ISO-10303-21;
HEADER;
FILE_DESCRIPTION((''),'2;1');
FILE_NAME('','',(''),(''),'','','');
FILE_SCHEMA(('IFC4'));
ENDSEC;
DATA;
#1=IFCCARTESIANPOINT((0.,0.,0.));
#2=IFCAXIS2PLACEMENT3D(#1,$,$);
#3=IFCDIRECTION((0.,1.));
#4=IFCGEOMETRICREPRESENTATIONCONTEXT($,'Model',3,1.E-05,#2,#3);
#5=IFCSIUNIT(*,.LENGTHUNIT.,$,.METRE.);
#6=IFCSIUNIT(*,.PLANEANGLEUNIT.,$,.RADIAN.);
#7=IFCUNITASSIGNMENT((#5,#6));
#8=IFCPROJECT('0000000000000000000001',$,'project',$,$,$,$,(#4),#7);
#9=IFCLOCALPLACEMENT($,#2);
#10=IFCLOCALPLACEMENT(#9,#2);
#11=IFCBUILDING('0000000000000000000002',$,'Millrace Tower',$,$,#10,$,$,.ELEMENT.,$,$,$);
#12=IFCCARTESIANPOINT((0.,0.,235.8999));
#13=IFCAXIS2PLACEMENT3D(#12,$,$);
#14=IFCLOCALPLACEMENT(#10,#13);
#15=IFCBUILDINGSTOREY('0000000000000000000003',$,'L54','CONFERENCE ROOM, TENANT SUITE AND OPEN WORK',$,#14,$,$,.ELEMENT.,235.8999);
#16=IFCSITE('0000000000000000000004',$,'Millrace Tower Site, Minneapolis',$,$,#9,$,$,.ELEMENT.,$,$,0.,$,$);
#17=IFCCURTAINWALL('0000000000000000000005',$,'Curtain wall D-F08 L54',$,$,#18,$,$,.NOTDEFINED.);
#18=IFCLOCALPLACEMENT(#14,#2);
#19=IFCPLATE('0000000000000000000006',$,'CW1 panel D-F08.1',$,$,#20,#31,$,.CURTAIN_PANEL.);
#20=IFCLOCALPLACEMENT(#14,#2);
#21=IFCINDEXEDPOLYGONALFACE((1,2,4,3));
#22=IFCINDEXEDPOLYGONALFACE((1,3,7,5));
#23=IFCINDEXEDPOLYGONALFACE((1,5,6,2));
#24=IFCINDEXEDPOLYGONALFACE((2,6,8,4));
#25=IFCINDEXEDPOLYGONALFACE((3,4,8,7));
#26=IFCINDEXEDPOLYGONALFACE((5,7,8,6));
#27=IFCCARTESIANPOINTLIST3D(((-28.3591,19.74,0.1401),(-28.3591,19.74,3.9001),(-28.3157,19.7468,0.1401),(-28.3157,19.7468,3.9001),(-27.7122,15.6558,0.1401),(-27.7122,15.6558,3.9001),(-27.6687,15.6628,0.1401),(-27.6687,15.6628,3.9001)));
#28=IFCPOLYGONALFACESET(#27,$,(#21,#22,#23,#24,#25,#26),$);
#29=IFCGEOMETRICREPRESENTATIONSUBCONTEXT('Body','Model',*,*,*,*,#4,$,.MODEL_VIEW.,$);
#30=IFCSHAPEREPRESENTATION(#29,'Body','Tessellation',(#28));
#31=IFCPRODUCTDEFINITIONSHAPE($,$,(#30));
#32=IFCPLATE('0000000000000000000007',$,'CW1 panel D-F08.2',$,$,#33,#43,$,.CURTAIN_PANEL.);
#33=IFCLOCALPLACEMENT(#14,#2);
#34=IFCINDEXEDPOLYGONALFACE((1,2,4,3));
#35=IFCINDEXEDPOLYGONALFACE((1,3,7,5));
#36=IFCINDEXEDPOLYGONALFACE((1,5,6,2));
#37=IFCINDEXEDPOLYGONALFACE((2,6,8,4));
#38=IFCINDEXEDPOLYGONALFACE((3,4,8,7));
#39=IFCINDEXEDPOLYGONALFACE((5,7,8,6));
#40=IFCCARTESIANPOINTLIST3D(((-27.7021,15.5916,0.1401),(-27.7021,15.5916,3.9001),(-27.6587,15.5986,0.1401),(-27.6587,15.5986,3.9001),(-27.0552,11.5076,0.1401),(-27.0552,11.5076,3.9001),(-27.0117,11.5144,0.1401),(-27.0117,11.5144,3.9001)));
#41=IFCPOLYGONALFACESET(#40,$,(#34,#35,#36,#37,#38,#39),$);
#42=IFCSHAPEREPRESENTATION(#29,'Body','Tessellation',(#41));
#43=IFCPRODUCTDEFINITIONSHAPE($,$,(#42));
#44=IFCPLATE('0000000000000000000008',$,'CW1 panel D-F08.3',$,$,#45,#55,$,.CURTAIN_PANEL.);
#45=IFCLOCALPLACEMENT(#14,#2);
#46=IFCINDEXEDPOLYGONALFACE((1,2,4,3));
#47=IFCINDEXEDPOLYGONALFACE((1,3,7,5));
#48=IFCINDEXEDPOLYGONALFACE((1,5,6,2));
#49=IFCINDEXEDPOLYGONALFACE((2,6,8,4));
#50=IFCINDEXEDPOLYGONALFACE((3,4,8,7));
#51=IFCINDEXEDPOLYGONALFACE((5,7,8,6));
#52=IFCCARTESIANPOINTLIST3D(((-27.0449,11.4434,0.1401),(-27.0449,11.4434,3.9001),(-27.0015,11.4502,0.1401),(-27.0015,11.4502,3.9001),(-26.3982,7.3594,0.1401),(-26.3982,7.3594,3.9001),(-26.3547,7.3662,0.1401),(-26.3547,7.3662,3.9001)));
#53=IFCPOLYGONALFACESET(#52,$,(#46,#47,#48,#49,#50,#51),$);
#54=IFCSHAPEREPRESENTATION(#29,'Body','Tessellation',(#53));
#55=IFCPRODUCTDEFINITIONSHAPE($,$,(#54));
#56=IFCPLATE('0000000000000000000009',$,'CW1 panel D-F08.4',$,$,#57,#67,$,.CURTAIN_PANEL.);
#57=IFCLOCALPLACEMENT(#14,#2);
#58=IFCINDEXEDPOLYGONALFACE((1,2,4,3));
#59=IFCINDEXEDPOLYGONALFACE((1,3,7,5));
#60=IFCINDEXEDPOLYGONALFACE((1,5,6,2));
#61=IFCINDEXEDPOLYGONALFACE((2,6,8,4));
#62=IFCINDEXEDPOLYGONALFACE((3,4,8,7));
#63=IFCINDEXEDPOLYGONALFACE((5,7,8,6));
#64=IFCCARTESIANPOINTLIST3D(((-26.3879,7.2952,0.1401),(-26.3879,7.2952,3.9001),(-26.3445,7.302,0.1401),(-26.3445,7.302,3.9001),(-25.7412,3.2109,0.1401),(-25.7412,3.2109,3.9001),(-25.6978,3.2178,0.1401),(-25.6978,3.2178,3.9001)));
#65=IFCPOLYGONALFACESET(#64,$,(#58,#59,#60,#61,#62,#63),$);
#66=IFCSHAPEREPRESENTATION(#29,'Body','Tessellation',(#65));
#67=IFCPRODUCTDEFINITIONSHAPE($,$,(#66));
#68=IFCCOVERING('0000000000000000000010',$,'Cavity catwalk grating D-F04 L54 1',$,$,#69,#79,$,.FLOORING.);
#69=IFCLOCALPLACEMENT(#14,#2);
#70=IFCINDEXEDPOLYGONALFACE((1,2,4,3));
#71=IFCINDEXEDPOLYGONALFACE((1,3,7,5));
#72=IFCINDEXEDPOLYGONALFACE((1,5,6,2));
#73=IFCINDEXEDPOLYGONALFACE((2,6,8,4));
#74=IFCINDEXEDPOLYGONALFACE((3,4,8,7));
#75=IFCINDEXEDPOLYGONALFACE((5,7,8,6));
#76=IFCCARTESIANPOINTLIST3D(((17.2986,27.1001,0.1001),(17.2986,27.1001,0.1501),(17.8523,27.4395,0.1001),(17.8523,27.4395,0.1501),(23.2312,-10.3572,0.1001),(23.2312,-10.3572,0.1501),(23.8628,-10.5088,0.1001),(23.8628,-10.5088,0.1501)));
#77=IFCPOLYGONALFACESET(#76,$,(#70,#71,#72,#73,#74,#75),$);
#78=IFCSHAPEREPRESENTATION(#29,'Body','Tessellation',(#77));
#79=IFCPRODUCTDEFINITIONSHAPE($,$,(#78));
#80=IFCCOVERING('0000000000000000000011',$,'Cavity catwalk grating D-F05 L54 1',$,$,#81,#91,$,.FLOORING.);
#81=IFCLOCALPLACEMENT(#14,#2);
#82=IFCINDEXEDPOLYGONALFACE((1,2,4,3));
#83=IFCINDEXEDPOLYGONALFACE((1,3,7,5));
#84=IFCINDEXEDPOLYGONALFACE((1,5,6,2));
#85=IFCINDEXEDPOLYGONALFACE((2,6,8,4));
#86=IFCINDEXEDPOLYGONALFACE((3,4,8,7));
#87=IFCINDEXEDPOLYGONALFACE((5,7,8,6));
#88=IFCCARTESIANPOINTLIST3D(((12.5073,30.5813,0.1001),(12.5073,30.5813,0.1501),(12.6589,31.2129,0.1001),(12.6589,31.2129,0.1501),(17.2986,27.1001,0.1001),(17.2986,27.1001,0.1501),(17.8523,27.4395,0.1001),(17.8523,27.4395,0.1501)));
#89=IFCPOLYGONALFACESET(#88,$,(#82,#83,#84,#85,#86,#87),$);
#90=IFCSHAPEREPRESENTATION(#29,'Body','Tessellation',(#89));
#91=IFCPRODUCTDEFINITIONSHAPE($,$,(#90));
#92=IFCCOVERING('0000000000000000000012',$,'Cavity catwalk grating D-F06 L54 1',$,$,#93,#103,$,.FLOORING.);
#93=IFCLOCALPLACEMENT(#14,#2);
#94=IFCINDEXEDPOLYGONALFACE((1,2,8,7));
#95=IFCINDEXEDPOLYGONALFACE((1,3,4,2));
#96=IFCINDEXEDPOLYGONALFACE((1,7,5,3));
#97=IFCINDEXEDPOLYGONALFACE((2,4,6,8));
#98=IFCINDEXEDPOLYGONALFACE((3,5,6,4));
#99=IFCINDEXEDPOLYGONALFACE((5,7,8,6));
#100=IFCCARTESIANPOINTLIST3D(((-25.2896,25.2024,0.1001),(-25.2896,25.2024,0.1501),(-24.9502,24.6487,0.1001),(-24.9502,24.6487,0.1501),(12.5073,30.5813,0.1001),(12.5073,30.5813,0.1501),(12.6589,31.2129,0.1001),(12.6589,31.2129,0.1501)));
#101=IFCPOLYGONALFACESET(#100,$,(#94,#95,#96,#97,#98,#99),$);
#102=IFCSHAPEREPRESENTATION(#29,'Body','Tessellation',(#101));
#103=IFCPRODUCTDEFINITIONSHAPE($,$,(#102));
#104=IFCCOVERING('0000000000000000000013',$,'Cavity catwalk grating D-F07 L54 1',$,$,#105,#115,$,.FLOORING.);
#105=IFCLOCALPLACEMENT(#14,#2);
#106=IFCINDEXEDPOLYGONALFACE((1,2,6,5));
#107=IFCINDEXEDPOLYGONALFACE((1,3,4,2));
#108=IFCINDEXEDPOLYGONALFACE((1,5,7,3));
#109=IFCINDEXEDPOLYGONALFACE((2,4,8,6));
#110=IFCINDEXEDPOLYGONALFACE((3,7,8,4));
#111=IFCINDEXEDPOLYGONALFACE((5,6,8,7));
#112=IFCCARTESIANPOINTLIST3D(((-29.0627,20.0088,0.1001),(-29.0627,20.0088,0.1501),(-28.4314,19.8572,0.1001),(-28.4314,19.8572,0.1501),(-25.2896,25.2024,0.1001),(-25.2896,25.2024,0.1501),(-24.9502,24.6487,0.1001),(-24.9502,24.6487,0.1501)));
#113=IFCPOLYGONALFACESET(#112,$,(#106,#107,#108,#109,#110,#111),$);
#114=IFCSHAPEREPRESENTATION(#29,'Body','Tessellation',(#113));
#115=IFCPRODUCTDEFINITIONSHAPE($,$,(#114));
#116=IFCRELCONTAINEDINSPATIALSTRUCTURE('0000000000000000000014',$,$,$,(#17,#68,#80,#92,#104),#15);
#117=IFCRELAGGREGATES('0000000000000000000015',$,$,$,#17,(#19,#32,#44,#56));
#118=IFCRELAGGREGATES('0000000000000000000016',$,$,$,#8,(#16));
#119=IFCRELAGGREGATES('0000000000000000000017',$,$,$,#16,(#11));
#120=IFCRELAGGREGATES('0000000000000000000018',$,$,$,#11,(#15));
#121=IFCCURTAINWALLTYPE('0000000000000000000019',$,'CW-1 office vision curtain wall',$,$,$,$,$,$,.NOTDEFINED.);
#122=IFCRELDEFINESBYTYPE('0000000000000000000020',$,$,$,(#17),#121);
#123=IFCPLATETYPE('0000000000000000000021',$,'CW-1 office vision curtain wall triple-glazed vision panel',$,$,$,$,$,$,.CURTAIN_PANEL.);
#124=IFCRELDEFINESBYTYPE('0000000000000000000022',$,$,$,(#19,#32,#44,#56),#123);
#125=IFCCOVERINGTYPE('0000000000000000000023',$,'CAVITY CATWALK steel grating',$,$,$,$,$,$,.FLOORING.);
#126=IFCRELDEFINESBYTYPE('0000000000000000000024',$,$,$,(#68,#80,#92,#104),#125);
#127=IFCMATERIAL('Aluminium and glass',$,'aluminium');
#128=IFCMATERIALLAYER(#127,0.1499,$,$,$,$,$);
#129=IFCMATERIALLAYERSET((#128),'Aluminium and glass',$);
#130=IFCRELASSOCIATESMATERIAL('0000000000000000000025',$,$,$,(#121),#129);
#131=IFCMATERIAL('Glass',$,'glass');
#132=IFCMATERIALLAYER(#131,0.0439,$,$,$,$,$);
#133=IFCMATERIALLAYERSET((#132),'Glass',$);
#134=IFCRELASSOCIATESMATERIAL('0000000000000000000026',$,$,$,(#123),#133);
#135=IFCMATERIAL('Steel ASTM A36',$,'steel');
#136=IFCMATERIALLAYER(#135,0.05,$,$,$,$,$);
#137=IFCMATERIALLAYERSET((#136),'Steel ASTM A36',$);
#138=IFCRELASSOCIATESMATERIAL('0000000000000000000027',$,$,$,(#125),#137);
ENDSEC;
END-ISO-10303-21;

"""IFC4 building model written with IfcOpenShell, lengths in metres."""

from ifc_helpers import new_model, si_unit, direction, frame, origin, place, context, subcontext, project, spatial, polyline, outline, extrude, material, layer, layer_set, type_object, element, aggregate, save


model = new_model("IFC4")

# Units and contexts
model_context = context("Model", 3, precision=1e-05, world=origin(), true_north=direction((0.0, 1.0)))
body_context = subcontext(model_context, "Body", "Model", "MODEL_VIEW")
ifc_project = project(units=[si_unit("LENGTHUNIT", "METRE"), si_unit("PLANEANGLEUNIT", "RADIAN")], contexts=[model_context])

# Site, building, storey
site_placement = place(None, origin())
site = spatial("IfcSite", under=ifc_project, at=site_placement, Name="Millrace Tower Site, Minneapolis", CompositionType="ELEMENT", RefElevation=0.0)
building_placement = place(site_placement, origin())
building = spatial("IfcBuilding", under=site, at=building_placement, Name="Millrace Tower", CompositionType="ELEMENT")
storey_placement = place(building_placement, frame((0.0, 0.0, 235.8999)))
storey = spatial("IfcBuildingStorey", under=building, at=storey_placement, Name="L54", Description="CONFERENCE ROOM, TENANT SUITE AND OPEN WORK", CompositionType="ELEMENT", Elevation=235.8999)

# Shared definitions
ifc_material_1 = material(Name="Aluminium and glass", Category="aluminium")
ifc_layer_1 = layer(ifc_material_1, 0.1499)
ifc_layer_set_1 = layer_set([ifc_layer_1], Name="Aluminium and glass")
curtain_wall_type = type_object("IfcCurtainWallType", Name="CW-1 office vision curtain wall", PredefinedType="NOTDEFINED", material=ifc_layer_set_1)
placement_1 = place(storey_placement, origin())
ifc_material_2 = material(Name="Glass", Category="glass")
ifc_layer_2 = layer(ifc_material_2, 0.0439)
ifc_layer_set_2 = layer_set([ifc_layer_2], Name="Glass")
plate_type = type_object("IfcPlateType", Name="CW-1 office vision curtain wall triple-glazed vision panel", PredefinedType="CURTAIN_PANEL", material=ifc_layer_set_2)
placement_2 = place(storey_placement, frame((0.0, 0.0, 0.1401)))

# Curtain wall, plates
curtain_wall_1 = element("IfcCurtainWall", 1, at=placement_1, inside=storey, type_object=curtain_wall_type, Name="Curtain wall D-F08 L54", PredefinedType="NOTDEFINED")
plate_1 = element("IfcPlate", 2, at=placement_2, type_object=plate_type, Name="CW1 panel D-F08.1", PredefinedType="CURTAIN_PANEL", context=body_context, shape_type="SweptSolid", body=[
    extrude(outline(polyline([(-28.3591, 19.74), (-27.7122, 15.6558), (-27.6687, 15.6628), (-28.3157, 19.7468), (-28.3591, 19.74)])), origin(), (0.0, 0.0, 1.0), 3.76),
])
plate_2 = element("IfcPlate", 3, at=placement_2, type_object=plate_type, Name="CW1 panel D-F08.2", PredefinedType="CURTAIN_PANEL", context=body_context, shape_type="SweptSolid", body=[
    extrude(outline(polyline([(-27.7021, 15.5916), (-27.0552, 11.5076), (-27.0117, 11.5144), (-27.6587, 15.5986), (-27.7021, 15.5916)])), origin(), (0.0, 0.0, 1.0), 3.76),
])
plate_3 = element("IfcPlate", 4, at=placement_2, type_object=plate_type, Name="CW1 panel D-F08.3", PredefinedType="CURTAIN_PANEL", context=body_context, shape_type="SweptSolid", body=[
    extrude(outline(polyline([(-27.0449, 11.4434), (-26.3982, 7.3594), (-26.3547, 7.3662), (-27.0015, 11.4502), (-27.0449, 11.4434)])), origin(), (0.0, 0.0, 1.0), 3.76),
])
plate_4 = element("IfcPlate", 5, at=placement_2, type_object=plate_type, Name="CW1 panel D-F08.4", PredefinedType="CURTAIN_PANEL", context=body_context, shape_type="SweptSolid", body=[
    extrude(outline(polyline([(-26.3879, 7.2952), (-25.7412, 3.2109), (-25.6978, 3.2178), (-26.3445, 7.302), (-26.3879, 7.2952)])), origin(), (0.0, 0.0, 1.0), 3.76),
])
aggregate(curtain_wall_1, [plate_1, plate_2, plate_3, plate_4])

# Coverings
ifc_material_3 = material(Name="Steel ASTM A36", Category="steel")
ifc_layer_3 = layer(ifc_material_3, 0.05)
ifc_layer_set_3 = layer_set([ifc_layer_3], Name="Steel ASTM A36")
covering_type = type_object("IfcCoveringType", Name="CAVITY CATWALK steel grating", PredefinedType="FLOORING", material=ifc_layer_set_3)
placement_3 = place(storey_placement, frame((0.0, 0.0, 0.1001)))
element("IfcCovering", 6, at=placement_3, inside=storey, type_object=covering_type, Name="Cavity catwalk grating D-F04 L54 1", PredefinedType="FLOORING", context=body_context, shape_type="SweptSolid", body=[
    extrude(outline(polyline([(23.8628, -10.5088), (17.8523, 27.4395), (17.2986, 27.1001), (23.2312, -10.3572), (23.8628, -10.5088)])), origin(), (0.0, 0.0, 1.0), 0.05),
])
element("IfcCovering", 7, at=placement_3, inside=storey, type_object=covering_type, Name="Cavity catwalk grating D-F05 L54 1", PredefinedType="FLOORING", context=body_context, shape_type="SweptSolid", body=[
    extrude(outline(polyline([(17.8523, 27.4395), (12.6589, 31.2129), (12.5073, 30.5813), (17.2986, 27.1001), (17.8523, 27.4395)])), origin(), (0.0, 0.0, 1.0), 0.05),
])
element("IfcCovering", 8, at=placement_3, inside=storey, type_object=covering_type, Name="Cavity catwalk grating D-F06 L54 1", PredefinedType="FLOORING", context=body_context, shape_type="SweptSolid", body=[
    extrude(outline(polyline([(12.6589, 31.2129), (-25.2896, 25.2024), (-24.9502, 24.6487), (12.5073, 30.5813), (12.6589, 31.2129)])), origin(), (0.0, 0.0, 1.0), 0.05),
])
element("IfcCovering", 9, at=placement_3, inside=storey, type_object=covering_type, Name="Cavity catwalk grating D-F07 L54 1", PredefinedType="FLOORING", context=body_context, shape_type="SweptSolid", body=[
    extrude(outline(polyline([(-25.2896, 25.2024), (-29.0627, 20.0088), (-28.4314, 19.8572), (-24.9502, 24.6487), (-25.2896, 25.2024)])), origin(), (0.0, 0.0, 1.0), 0.05),
])

save(model, "model.ifc")
